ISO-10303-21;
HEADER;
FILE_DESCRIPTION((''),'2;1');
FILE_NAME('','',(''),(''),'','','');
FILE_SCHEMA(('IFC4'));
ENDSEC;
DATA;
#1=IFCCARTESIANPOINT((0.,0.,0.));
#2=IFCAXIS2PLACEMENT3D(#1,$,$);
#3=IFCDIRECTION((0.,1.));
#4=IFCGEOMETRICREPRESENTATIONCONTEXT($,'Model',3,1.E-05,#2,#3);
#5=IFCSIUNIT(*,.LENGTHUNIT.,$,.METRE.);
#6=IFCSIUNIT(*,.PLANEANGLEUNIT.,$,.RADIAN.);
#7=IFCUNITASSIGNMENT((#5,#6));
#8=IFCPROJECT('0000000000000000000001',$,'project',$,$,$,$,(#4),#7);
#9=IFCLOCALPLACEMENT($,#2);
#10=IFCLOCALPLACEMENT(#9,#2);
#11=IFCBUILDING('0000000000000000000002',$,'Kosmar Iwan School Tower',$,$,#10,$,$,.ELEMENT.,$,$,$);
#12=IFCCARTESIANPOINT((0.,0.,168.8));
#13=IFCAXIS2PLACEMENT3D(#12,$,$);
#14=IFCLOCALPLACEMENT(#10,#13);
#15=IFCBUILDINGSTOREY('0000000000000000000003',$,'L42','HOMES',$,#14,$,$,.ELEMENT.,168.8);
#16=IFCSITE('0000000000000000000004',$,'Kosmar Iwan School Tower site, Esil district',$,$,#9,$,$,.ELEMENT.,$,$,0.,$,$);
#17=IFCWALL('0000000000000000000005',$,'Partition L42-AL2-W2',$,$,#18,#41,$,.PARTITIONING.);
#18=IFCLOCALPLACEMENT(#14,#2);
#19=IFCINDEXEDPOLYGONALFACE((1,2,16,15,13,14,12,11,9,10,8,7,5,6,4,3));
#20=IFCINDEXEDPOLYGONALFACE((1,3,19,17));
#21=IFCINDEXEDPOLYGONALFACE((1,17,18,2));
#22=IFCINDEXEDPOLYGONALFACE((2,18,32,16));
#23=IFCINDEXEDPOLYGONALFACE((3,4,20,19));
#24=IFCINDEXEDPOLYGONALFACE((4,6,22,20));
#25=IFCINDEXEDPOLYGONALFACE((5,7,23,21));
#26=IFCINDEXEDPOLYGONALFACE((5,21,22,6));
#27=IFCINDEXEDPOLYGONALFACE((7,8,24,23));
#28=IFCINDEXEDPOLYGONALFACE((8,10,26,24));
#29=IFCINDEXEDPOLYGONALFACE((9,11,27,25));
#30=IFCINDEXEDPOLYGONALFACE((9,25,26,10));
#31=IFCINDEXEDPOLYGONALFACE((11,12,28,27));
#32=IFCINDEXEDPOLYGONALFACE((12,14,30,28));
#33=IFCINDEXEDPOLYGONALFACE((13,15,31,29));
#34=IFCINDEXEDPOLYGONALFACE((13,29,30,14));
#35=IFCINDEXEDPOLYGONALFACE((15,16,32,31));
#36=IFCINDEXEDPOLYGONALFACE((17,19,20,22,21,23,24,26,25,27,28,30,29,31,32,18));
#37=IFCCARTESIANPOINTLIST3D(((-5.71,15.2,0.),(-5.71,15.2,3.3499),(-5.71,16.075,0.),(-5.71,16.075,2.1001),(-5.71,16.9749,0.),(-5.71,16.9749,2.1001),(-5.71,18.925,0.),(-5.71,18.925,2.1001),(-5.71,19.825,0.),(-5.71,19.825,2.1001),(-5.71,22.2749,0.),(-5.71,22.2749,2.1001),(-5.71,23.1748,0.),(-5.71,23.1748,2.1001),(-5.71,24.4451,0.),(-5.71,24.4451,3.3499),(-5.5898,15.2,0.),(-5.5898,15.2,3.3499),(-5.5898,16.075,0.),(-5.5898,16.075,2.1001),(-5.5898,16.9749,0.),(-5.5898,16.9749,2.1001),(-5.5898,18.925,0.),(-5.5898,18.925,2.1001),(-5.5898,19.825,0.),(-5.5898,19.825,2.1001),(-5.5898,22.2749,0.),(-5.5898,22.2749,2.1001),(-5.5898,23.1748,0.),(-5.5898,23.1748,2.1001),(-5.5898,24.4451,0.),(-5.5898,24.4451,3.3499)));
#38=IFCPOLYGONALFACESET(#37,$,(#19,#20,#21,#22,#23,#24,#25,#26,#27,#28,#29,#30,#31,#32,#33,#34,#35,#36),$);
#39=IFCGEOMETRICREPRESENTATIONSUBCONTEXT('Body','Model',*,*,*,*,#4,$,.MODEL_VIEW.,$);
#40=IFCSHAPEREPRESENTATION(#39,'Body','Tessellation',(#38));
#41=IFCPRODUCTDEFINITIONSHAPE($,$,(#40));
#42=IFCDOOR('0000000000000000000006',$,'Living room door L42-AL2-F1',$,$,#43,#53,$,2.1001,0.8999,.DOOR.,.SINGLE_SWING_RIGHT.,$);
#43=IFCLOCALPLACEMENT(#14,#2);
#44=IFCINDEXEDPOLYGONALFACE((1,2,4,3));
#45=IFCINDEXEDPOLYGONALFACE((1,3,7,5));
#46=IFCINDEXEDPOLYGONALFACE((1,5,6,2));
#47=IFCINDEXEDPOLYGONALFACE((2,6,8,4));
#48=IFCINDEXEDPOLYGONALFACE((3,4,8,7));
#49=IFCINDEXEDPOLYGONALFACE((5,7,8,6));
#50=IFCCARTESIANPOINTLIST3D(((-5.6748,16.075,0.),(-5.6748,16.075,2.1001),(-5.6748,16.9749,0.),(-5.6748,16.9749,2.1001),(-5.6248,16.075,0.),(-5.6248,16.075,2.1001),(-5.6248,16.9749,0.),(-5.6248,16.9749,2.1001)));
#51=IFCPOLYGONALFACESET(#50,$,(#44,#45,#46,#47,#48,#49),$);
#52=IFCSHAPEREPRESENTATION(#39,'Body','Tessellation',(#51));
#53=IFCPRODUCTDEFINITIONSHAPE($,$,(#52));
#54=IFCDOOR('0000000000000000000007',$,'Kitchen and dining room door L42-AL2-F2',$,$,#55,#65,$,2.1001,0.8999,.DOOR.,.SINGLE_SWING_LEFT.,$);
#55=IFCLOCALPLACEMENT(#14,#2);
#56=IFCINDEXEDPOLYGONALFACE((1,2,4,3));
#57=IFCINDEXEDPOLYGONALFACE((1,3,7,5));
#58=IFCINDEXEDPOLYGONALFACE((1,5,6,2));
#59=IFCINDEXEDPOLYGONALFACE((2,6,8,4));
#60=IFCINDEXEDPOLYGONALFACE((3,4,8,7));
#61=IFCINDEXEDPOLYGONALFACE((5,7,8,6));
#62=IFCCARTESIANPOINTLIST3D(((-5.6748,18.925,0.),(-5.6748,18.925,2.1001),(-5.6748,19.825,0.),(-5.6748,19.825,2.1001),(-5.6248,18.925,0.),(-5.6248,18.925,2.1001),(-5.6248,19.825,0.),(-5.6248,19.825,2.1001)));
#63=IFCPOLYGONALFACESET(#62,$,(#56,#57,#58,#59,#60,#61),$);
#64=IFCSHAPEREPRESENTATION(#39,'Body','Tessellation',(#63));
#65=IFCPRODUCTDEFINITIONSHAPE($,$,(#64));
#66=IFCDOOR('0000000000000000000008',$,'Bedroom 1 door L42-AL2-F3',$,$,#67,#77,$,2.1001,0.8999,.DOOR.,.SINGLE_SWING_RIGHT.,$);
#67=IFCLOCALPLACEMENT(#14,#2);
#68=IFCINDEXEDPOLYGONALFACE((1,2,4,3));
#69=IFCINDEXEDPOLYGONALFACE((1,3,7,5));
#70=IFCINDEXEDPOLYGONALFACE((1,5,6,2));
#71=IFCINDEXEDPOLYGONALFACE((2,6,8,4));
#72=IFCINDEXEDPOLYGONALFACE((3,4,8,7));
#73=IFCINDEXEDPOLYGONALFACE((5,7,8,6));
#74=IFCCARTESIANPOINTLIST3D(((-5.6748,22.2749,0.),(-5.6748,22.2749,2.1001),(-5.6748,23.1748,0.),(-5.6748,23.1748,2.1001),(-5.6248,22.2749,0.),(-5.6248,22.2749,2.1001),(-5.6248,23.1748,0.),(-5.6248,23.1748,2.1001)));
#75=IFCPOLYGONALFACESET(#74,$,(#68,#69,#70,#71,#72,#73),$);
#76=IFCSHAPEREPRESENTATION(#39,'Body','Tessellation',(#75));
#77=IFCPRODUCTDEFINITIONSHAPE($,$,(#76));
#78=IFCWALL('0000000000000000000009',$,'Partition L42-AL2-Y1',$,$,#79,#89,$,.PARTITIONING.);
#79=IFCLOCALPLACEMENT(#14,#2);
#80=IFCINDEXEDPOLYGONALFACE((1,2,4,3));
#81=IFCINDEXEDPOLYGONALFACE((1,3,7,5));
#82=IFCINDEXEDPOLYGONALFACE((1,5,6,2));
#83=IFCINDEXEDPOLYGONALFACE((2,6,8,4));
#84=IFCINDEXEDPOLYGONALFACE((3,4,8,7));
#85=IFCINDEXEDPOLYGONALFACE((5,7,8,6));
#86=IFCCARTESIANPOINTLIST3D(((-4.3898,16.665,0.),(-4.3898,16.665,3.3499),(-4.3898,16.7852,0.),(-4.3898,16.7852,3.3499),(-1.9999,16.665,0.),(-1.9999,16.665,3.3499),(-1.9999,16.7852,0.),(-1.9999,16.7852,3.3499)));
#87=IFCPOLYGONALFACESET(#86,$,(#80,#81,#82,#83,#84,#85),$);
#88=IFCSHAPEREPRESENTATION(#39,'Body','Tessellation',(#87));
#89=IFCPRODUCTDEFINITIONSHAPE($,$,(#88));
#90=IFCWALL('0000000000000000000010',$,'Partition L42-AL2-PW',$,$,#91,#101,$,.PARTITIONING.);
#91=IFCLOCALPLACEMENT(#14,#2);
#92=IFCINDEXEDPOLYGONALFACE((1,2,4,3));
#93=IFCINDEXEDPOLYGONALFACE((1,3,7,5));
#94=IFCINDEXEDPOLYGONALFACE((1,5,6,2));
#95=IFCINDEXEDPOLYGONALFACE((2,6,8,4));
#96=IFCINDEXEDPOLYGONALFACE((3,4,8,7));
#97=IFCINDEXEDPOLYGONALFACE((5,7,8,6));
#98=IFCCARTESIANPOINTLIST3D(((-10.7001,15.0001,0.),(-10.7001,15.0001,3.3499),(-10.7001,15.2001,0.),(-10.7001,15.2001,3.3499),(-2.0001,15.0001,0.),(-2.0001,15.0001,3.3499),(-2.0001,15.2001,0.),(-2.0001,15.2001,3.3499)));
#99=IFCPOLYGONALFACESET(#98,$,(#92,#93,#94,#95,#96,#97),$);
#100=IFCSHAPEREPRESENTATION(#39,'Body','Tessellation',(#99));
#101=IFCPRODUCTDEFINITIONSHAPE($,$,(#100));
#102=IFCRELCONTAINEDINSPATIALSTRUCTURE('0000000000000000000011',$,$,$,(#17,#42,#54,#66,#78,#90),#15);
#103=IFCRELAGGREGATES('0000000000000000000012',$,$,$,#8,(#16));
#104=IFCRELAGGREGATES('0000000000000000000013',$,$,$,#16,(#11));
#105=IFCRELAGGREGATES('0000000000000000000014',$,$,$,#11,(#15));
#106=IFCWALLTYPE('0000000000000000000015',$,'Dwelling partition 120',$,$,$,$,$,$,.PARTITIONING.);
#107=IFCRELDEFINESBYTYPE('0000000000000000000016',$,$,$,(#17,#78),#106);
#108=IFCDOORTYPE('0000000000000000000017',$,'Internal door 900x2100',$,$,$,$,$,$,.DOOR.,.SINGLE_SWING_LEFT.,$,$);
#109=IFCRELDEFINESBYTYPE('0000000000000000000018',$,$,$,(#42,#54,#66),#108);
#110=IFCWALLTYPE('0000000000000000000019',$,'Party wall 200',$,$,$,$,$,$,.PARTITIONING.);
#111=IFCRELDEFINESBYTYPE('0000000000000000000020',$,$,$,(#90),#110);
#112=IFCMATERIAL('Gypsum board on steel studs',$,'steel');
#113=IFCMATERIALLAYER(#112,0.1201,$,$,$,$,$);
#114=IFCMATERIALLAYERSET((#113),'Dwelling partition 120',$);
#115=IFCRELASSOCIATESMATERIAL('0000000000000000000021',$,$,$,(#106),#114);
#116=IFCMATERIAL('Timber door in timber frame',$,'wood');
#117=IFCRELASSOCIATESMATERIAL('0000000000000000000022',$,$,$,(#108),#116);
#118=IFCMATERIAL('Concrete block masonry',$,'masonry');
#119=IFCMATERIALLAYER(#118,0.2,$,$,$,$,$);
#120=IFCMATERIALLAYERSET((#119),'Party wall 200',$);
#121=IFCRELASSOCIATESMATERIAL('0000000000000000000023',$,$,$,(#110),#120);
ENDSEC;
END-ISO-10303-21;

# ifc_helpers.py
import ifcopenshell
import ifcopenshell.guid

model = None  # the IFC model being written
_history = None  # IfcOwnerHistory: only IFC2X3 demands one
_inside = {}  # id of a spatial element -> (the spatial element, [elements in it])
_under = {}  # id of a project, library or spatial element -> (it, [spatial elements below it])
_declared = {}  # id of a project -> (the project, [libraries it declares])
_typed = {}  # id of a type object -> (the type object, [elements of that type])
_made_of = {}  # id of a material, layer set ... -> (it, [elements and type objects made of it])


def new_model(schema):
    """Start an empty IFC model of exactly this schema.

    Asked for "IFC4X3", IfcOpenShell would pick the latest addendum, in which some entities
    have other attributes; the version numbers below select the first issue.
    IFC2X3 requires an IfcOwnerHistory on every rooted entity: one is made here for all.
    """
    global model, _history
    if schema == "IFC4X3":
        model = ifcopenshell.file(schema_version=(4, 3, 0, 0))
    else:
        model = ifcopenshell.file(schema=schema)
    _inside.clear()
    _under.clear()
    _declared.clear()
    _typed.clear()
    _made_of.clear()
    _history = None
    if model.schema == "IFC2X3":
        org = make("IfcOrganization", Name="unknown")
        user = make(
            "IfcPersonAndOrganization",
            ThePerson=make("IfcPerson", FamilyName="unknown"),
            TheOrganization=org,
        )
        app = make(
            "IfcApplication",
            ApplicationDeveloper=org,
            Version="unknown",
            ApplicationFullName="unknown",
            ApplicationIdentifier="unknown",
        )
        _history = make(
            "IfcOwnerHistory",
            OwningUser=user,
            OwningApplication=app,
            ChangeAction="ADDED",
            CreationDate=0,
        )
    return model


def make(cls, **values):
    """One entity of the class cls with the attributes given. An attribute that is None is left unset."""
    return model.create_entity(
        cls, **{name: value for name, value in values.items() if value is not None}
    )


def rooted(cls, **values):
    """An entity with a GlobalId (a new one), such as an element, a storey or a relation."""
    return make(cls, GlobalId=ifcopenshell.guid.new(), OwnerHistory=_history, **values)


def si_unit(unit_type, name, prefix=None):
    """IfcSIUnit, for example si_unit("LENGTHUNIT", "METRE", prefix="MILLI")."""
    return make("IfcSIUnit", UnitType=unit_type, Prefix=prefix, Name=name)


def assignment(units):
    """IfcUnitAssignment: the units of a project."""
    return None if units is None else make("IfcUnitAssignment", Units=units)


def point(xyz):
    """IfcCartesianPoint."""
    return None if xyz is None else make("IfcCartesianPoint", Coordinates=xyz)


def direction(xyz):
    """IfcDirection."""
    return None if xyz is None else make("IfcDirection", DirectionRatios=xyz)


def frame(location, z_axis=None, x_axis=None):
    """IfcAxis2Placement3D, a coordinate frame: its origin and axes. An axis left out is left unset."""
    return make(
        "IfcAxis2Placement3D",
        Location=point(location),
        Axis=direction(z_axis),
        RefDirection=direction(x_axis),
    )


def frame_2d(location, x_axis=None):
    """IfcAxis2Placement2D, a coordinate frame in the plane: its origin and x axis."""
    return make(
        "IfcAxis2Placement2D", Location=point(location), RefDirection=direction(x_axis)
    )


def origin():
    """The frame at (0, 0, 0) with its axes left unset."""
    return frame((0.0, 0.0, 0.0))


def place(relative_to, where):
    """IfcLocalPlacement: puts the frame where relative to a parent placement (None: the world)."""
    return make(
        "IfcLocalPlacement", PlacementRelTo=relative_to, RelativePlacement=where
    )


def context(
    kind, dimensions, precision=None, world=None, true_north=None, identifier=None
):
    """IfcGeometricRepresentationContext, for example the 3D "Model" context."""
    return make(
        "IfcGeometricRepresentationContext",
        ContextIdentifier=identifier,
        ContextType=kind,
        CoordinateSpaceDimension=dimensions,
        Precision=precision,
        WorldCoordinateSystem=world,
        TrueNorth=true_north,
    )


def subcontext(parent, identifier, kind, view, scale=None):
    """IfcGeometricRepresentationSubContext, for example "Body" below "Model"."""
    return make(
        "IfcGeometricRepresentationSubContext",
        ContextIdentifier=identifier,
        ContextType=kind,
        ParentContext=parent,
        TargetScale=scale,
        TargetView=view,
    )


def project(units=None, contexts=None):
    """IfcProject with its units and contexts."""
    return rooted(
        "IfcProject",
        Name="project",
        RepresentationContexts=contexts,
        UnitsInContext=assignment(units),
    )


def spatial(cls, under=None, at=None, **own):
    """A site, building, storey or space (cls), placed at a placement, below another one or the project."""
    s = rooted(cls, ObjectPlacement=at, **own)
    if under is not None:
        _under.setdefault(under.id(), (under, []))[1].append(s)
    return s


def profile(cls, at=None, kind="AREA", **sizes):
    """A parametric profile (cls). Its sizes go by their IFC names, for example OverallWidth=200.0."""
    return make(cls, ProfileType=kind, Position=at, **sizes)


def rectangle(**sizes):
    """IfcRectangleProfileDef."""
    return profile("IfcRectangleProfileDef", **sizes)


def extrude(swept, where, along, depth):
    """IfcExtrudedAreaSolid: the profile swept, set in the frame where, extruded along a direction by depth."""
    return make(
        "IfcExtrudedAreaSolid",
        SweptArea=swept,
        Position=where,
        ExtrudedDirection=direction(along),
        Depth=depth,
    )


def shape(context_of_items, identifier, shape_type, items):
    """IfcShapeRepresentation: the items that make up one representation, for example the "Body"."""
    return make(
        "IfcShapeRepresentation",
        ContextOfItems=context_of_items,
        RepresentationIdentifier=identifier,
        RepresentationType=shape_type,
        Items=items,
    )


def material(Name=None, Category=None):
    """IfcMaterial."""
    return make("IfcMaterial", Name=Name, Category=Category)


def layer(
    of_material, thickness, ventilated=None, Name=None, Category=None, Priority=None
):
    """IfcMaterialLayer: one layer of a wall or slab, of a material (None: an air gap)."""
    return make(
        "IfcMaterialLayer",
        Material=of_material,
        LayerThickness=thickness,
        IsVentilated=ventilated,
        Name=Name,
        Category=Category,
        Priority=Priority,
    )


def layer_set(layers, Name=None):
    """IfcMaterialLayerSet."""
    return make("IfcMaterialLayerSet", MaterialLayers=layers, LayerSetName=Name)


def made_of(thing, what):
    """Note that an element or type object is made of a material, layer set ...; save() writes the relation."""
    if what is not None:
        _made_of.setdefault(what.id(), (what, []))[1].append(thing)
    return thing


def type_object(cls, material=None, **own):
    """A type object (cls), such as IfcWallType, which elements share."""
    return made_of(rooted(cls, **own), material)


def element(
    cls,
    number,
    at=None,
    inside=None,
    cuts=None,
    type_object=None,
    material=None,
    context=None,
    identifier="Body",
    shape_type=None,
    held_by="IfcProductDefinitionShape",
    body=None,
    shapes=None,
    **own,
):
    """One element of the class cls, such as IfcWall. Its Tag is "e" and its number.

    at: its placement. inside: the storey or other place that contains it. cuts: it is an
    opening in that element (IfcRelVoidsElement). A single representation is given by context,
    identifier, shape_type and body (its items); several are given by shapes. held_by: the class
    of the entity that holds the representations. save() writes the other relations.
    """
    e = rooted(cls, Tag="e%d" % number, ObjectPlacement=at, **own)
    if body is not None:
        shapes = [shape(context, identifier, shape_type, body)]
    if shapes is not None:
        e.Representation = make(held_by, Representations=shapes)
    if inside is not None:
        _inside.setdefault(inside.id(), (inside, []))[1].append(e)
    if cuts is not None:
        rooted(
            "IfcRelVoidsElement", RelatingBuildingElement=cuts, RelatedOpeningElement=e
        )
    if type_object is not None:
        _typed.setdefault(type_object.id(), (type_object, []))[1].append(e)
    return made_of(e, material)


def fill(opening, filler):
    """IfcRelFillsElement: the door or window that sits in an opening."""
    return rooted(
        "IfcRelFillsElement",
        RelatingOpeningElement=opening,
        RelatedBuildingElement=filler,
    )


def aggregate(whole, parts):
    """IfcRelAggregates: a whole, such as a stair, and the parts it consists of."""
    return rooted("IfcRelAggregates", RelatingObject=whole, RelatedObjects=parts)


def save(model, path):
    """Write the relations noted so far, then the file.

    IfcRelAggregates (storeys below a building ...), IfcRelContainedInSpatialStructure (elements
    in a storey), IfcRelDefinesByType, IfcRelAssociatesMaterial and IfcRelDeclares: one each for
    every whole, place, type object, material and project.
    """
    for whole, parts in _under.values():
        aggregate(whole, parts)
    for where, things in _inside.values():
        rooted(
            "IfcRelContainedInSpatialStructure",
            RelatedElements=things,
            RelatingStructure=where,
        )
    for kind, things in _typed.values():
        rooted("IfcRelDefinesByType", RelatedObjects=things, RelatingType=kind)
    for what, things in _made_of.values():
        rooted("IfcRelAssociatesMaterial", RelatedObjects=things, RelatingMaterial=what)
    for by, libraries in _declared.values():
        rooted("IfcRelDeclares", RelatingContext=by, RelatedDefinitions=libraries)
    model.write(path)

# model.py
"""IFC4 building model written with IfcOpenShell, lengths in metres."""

from ifc_helpers import new_model, si_unit, direction, frame, frame_2d, origin, place, context, subcontext, project, spatial, rectangle, extrude, material, layer, layer_set, type_object, element, fill, save


model = new_model("IFC4")

# Units and contexts
model_context = context("Model", 3, precision=1e-05, world=origin(), true_north=direction((0.0, 1.0)))
body_context = subcontext(model_context, "Body", "Model", "MODEL_VIEW")
ifc_project = project(units=[si_unit("LENGTHUNIT", "METRE"), si_unit("PLANEANGLEUNIT", "RADIAN")], contexts=[model_context])

# Site, building, storey
site_placement = place(None, origin())
site = spatial("IfcSite", under=ifc_project, at=site_placement, Name="Kosmar Iwan School Tower site, Esil district", CompositionType="ELEMENT", RefElevation=0.0)
building_placement = place(site_placement, origin())
building = spatial("IfcBuilding", under=site, at=building_placement, Name="Kosmar Iwan School Tower", CompositionType="ELEMENT")
storey_placement = place(building_placement, frame((0.0, 0.0, 168.8)))
storey = spatial("IfcBuildingStorey", under=building, at=storey_placement, Name="L42", Description="HOMES", CompositionType="ELEMENT", Elevation=168.8)

# Shared definitions
ifc_material_1 = material(Name="Gypsum board on steel studs", Category="steel")
ifc_layer_1 = layer(ifc_material_1, 0.1201)
ifc_layer_set_1 = layer_set([ifc_layer_1], Name="Dwelling partition 120")
wall_type_1 = type_object("IfcWallType", Name="Dwelling partition 120", PredefinedType="PARTITIONING", material=ifc_layer_set_1)

# Wall, openings, doors
ifc_material_2 = material(Name="Timber door in timber frame", Category="wood")
door_type_1 = type_object("IfcDoorType", Name="Internal door 900x2100", OperationType="SINGLE_SWING_LEFT", PredefinedType="DOOR", material=ifc_material_2)
wall_1_placement = place(storey_placement, frame((-5.6499, 15.2, 0.0), z_axis=(0.0, 0.0, 1.0), x_axis=(0.0, 1.0, 0.0)))
wall_1 = element("IfcWall", 1, at=wall_1_placement, inside=storey, type_object=wall_type_1, Name="Partition L42-AL2-W2", PredefinedType="PARTITIONING", context=body_context, shape_type="SweptSolid", body=[
    extrude(rectangle(XDim=9.2451, YDim=0.1201, at=frame_2d((4.6226, 0.0))), origin(), (0.0, 0.0, 1.0), 3.3499),
])
opening_1_placement = place(wall_1_placement, frame((0.875, 0.0, 0.0)))
opening_1 = element("IfcOpeningElement", 2, at=opening_1_placement, cuts=wall_1, PredefinedType="OPENING", context=body_context, shape_type="SweptSolid", body=[
    extrude(rectangle(XDim=0.8999, YDim=2.1001, at=frame_2d((0.45, 1.05))), frame((0.0, 0.072, 0.0), z_axis=(0.0, -1.0, 0.0), x_axis=(1.0, 0.0, 0.0)), (0.0, 0.0, 1.0), 0.144),
])
opening_2_placement = place(wall_1_placement, frame((3.7251, 0.0, 0.0)))
opening_2 = element("IfcOpeningElement", 3, at=opening_2_placement, cuts=wall_1, PredefinedType="OPENING", context=body_context, shape_type="SweptSolid", body=[
    extrude(rectangle(XDim=0.8999, YDim=2.1001, at=frame_2d((0.45, 1.05))), frame((0.0, 0.072, 0.0), z_axis=(0.0, -1.0, 0.0), x_axis=(1.0, 0.0, 0.0)), (0.0, 0.0, 1.0), 0.144),
])
opening_3_placement = place(wall_1_placement, frame((7.075, 0.0, 0.0)))
opening_3 = element("IfcOpeningElement", 4, at=opening_3_placement, cuts=wall_1, PredefinedType="OPENING", context=body_context, shape_type="SweptSolid", body=[
    extrude(rectangle(XDim=0.8999, YDim=2.1001, at=frame_2d((0.45, 1.05))), frame((0.0, 0.072, 0.0), z_axis=(0.0, -1.0, 0.0), x_axis=(1.0, 0.0, 0.0)), (0.0, 0.0, 1.0), 0.144),
])
door_1_placement = place(opening_1_placement, origin())
door_1 = element("IfcDoor", 5, at=door_1_placement, inside=storey, type_object=door_type_1, Name="Living room door L42-AL2-F1", OperationType="SINGLE_SWING_RIGHT", OverallHeight=2.1001, OverallWidth=0.8999, PredefinedType="DOOR", context=body_context, shape_type="SweptSolid", body=[
    extrude(rectangle(XDim=0.8999, YDim=2.1001, at=frame_2d((0.45, 1.05))), frame((0.0, 0.0249, 0.0), z_axis=(0.0, -1.0, 0.0), x_axis=(1.0, 0.0, 0.0)), (0.0, 0.0, 1.0), 0.05),
])
fill(opening_1, door_1)
door_2_placement = place(opening_2_placement, origin())
door_2 = element("IfcDoor", 6, at=door_2_placement, inside=storey, type_object=door_type_1, Name="Kitchen and dining room door L42-AL2-F2", OperationType="SINGLE_SWING_LEFT", OverallHeight=2.1001, OverallWidth=0.8999, PredefinedType="DOOR", context=body_context, shape_type="SweptSolid", body=[
    extrude(rectangle(XDim=0.8999, YDim=2.1001, at=frame_2d((0.45, 1.05))), frame((0.0, 0.0249, 0.0), z_axis=(0.0, -1.0, 0.0), x_axis=(1.0, 0.0, 0.0)), (0.0, 0.0, 1.0), 0.05),
])
fill(opening_2, door_2)
door_3_placement = place(opening_3_placement, origin())
door_3 = element("IfcDoor", 7, at=door_3_placement, inside=storey, type_object=door_type_1, Name="Bedroom 1 door L42-AL2-F3", OperationType="SINGLE_SWING_RIGHT", OverallHeight=2.1001, OverallWidth=0.8999, PredefinedType="DOOR", context=body_context, shape_type="SweptSolid", body=[
    extrude(rectangle(XDim=0.8999, YDim=2.1001, at=frame_2d((0.45, 1.05))), frame((0.0, 0.0249, 0.0), z_axis=(0.0, -1.0, 0.0), x_axis=(1.0, 0.0, 0.0)), (0.0, 0.0, 1.0), 0.05),
])
fill(opening_3, door_3)

# Walls
wall_2_placement = place(storey_placement, frame((-2.0, 16.7251, 0.0), z_axis=(0.0, 0.0, 1.0), x_axis=(-1.0, 0.0, 0.0)))
element("IfcWall", 8, at=wall_2_placement, inside=storey, type_object=wall_type_1, Name="Partition L42-AL2-Y1", PredefinedType="PARTITIONING", context=body_context, shape_type="SweptSolid", body=[
    extrude(rectangle(XDim=2.3899, YDim=0.1201, at=frame_2d((1.1948, 0.0))), origin(), (0.0, 0.0, 1.0), 3.3499),
])
ifc_material_3 = material(Name="Concrete block masonry", Category="masonry")
ifc_layer_2 = layer(ifc_material_3, 0.2)
ifc_layer_set_2 = layer_set([ifc_layer_2], Name="Party wall 200")
wall_type_2 = type_object("IfcWallType", Name="Party wall 200", PredefinedType="PARTITIONING", material=ifc_layer_set_2)
wall_3_placement = place(storey_placement, frame((-2.0, 15.1001, 0.0), z_axis=(0.0, 0.0, 1.0), x_axis=(-1.0, 0.0, 0.0)))
element("IfcWall", 9, at=wall_3_placement, inside=storey, type_object=wall_type_2, Name="Partition L42-AL2-PW", PredefinedType="PARTITIONING", context=body_context, shape_type="SweptSolid", body=[
    extrude(rectangle(XDim=8.7, YDim=0.2, at=frame_2d((4.3501, 0.0))), origin(), (0.0, 0.0, 1.0), 3.3499),
])

save(model, "model.ifc")
